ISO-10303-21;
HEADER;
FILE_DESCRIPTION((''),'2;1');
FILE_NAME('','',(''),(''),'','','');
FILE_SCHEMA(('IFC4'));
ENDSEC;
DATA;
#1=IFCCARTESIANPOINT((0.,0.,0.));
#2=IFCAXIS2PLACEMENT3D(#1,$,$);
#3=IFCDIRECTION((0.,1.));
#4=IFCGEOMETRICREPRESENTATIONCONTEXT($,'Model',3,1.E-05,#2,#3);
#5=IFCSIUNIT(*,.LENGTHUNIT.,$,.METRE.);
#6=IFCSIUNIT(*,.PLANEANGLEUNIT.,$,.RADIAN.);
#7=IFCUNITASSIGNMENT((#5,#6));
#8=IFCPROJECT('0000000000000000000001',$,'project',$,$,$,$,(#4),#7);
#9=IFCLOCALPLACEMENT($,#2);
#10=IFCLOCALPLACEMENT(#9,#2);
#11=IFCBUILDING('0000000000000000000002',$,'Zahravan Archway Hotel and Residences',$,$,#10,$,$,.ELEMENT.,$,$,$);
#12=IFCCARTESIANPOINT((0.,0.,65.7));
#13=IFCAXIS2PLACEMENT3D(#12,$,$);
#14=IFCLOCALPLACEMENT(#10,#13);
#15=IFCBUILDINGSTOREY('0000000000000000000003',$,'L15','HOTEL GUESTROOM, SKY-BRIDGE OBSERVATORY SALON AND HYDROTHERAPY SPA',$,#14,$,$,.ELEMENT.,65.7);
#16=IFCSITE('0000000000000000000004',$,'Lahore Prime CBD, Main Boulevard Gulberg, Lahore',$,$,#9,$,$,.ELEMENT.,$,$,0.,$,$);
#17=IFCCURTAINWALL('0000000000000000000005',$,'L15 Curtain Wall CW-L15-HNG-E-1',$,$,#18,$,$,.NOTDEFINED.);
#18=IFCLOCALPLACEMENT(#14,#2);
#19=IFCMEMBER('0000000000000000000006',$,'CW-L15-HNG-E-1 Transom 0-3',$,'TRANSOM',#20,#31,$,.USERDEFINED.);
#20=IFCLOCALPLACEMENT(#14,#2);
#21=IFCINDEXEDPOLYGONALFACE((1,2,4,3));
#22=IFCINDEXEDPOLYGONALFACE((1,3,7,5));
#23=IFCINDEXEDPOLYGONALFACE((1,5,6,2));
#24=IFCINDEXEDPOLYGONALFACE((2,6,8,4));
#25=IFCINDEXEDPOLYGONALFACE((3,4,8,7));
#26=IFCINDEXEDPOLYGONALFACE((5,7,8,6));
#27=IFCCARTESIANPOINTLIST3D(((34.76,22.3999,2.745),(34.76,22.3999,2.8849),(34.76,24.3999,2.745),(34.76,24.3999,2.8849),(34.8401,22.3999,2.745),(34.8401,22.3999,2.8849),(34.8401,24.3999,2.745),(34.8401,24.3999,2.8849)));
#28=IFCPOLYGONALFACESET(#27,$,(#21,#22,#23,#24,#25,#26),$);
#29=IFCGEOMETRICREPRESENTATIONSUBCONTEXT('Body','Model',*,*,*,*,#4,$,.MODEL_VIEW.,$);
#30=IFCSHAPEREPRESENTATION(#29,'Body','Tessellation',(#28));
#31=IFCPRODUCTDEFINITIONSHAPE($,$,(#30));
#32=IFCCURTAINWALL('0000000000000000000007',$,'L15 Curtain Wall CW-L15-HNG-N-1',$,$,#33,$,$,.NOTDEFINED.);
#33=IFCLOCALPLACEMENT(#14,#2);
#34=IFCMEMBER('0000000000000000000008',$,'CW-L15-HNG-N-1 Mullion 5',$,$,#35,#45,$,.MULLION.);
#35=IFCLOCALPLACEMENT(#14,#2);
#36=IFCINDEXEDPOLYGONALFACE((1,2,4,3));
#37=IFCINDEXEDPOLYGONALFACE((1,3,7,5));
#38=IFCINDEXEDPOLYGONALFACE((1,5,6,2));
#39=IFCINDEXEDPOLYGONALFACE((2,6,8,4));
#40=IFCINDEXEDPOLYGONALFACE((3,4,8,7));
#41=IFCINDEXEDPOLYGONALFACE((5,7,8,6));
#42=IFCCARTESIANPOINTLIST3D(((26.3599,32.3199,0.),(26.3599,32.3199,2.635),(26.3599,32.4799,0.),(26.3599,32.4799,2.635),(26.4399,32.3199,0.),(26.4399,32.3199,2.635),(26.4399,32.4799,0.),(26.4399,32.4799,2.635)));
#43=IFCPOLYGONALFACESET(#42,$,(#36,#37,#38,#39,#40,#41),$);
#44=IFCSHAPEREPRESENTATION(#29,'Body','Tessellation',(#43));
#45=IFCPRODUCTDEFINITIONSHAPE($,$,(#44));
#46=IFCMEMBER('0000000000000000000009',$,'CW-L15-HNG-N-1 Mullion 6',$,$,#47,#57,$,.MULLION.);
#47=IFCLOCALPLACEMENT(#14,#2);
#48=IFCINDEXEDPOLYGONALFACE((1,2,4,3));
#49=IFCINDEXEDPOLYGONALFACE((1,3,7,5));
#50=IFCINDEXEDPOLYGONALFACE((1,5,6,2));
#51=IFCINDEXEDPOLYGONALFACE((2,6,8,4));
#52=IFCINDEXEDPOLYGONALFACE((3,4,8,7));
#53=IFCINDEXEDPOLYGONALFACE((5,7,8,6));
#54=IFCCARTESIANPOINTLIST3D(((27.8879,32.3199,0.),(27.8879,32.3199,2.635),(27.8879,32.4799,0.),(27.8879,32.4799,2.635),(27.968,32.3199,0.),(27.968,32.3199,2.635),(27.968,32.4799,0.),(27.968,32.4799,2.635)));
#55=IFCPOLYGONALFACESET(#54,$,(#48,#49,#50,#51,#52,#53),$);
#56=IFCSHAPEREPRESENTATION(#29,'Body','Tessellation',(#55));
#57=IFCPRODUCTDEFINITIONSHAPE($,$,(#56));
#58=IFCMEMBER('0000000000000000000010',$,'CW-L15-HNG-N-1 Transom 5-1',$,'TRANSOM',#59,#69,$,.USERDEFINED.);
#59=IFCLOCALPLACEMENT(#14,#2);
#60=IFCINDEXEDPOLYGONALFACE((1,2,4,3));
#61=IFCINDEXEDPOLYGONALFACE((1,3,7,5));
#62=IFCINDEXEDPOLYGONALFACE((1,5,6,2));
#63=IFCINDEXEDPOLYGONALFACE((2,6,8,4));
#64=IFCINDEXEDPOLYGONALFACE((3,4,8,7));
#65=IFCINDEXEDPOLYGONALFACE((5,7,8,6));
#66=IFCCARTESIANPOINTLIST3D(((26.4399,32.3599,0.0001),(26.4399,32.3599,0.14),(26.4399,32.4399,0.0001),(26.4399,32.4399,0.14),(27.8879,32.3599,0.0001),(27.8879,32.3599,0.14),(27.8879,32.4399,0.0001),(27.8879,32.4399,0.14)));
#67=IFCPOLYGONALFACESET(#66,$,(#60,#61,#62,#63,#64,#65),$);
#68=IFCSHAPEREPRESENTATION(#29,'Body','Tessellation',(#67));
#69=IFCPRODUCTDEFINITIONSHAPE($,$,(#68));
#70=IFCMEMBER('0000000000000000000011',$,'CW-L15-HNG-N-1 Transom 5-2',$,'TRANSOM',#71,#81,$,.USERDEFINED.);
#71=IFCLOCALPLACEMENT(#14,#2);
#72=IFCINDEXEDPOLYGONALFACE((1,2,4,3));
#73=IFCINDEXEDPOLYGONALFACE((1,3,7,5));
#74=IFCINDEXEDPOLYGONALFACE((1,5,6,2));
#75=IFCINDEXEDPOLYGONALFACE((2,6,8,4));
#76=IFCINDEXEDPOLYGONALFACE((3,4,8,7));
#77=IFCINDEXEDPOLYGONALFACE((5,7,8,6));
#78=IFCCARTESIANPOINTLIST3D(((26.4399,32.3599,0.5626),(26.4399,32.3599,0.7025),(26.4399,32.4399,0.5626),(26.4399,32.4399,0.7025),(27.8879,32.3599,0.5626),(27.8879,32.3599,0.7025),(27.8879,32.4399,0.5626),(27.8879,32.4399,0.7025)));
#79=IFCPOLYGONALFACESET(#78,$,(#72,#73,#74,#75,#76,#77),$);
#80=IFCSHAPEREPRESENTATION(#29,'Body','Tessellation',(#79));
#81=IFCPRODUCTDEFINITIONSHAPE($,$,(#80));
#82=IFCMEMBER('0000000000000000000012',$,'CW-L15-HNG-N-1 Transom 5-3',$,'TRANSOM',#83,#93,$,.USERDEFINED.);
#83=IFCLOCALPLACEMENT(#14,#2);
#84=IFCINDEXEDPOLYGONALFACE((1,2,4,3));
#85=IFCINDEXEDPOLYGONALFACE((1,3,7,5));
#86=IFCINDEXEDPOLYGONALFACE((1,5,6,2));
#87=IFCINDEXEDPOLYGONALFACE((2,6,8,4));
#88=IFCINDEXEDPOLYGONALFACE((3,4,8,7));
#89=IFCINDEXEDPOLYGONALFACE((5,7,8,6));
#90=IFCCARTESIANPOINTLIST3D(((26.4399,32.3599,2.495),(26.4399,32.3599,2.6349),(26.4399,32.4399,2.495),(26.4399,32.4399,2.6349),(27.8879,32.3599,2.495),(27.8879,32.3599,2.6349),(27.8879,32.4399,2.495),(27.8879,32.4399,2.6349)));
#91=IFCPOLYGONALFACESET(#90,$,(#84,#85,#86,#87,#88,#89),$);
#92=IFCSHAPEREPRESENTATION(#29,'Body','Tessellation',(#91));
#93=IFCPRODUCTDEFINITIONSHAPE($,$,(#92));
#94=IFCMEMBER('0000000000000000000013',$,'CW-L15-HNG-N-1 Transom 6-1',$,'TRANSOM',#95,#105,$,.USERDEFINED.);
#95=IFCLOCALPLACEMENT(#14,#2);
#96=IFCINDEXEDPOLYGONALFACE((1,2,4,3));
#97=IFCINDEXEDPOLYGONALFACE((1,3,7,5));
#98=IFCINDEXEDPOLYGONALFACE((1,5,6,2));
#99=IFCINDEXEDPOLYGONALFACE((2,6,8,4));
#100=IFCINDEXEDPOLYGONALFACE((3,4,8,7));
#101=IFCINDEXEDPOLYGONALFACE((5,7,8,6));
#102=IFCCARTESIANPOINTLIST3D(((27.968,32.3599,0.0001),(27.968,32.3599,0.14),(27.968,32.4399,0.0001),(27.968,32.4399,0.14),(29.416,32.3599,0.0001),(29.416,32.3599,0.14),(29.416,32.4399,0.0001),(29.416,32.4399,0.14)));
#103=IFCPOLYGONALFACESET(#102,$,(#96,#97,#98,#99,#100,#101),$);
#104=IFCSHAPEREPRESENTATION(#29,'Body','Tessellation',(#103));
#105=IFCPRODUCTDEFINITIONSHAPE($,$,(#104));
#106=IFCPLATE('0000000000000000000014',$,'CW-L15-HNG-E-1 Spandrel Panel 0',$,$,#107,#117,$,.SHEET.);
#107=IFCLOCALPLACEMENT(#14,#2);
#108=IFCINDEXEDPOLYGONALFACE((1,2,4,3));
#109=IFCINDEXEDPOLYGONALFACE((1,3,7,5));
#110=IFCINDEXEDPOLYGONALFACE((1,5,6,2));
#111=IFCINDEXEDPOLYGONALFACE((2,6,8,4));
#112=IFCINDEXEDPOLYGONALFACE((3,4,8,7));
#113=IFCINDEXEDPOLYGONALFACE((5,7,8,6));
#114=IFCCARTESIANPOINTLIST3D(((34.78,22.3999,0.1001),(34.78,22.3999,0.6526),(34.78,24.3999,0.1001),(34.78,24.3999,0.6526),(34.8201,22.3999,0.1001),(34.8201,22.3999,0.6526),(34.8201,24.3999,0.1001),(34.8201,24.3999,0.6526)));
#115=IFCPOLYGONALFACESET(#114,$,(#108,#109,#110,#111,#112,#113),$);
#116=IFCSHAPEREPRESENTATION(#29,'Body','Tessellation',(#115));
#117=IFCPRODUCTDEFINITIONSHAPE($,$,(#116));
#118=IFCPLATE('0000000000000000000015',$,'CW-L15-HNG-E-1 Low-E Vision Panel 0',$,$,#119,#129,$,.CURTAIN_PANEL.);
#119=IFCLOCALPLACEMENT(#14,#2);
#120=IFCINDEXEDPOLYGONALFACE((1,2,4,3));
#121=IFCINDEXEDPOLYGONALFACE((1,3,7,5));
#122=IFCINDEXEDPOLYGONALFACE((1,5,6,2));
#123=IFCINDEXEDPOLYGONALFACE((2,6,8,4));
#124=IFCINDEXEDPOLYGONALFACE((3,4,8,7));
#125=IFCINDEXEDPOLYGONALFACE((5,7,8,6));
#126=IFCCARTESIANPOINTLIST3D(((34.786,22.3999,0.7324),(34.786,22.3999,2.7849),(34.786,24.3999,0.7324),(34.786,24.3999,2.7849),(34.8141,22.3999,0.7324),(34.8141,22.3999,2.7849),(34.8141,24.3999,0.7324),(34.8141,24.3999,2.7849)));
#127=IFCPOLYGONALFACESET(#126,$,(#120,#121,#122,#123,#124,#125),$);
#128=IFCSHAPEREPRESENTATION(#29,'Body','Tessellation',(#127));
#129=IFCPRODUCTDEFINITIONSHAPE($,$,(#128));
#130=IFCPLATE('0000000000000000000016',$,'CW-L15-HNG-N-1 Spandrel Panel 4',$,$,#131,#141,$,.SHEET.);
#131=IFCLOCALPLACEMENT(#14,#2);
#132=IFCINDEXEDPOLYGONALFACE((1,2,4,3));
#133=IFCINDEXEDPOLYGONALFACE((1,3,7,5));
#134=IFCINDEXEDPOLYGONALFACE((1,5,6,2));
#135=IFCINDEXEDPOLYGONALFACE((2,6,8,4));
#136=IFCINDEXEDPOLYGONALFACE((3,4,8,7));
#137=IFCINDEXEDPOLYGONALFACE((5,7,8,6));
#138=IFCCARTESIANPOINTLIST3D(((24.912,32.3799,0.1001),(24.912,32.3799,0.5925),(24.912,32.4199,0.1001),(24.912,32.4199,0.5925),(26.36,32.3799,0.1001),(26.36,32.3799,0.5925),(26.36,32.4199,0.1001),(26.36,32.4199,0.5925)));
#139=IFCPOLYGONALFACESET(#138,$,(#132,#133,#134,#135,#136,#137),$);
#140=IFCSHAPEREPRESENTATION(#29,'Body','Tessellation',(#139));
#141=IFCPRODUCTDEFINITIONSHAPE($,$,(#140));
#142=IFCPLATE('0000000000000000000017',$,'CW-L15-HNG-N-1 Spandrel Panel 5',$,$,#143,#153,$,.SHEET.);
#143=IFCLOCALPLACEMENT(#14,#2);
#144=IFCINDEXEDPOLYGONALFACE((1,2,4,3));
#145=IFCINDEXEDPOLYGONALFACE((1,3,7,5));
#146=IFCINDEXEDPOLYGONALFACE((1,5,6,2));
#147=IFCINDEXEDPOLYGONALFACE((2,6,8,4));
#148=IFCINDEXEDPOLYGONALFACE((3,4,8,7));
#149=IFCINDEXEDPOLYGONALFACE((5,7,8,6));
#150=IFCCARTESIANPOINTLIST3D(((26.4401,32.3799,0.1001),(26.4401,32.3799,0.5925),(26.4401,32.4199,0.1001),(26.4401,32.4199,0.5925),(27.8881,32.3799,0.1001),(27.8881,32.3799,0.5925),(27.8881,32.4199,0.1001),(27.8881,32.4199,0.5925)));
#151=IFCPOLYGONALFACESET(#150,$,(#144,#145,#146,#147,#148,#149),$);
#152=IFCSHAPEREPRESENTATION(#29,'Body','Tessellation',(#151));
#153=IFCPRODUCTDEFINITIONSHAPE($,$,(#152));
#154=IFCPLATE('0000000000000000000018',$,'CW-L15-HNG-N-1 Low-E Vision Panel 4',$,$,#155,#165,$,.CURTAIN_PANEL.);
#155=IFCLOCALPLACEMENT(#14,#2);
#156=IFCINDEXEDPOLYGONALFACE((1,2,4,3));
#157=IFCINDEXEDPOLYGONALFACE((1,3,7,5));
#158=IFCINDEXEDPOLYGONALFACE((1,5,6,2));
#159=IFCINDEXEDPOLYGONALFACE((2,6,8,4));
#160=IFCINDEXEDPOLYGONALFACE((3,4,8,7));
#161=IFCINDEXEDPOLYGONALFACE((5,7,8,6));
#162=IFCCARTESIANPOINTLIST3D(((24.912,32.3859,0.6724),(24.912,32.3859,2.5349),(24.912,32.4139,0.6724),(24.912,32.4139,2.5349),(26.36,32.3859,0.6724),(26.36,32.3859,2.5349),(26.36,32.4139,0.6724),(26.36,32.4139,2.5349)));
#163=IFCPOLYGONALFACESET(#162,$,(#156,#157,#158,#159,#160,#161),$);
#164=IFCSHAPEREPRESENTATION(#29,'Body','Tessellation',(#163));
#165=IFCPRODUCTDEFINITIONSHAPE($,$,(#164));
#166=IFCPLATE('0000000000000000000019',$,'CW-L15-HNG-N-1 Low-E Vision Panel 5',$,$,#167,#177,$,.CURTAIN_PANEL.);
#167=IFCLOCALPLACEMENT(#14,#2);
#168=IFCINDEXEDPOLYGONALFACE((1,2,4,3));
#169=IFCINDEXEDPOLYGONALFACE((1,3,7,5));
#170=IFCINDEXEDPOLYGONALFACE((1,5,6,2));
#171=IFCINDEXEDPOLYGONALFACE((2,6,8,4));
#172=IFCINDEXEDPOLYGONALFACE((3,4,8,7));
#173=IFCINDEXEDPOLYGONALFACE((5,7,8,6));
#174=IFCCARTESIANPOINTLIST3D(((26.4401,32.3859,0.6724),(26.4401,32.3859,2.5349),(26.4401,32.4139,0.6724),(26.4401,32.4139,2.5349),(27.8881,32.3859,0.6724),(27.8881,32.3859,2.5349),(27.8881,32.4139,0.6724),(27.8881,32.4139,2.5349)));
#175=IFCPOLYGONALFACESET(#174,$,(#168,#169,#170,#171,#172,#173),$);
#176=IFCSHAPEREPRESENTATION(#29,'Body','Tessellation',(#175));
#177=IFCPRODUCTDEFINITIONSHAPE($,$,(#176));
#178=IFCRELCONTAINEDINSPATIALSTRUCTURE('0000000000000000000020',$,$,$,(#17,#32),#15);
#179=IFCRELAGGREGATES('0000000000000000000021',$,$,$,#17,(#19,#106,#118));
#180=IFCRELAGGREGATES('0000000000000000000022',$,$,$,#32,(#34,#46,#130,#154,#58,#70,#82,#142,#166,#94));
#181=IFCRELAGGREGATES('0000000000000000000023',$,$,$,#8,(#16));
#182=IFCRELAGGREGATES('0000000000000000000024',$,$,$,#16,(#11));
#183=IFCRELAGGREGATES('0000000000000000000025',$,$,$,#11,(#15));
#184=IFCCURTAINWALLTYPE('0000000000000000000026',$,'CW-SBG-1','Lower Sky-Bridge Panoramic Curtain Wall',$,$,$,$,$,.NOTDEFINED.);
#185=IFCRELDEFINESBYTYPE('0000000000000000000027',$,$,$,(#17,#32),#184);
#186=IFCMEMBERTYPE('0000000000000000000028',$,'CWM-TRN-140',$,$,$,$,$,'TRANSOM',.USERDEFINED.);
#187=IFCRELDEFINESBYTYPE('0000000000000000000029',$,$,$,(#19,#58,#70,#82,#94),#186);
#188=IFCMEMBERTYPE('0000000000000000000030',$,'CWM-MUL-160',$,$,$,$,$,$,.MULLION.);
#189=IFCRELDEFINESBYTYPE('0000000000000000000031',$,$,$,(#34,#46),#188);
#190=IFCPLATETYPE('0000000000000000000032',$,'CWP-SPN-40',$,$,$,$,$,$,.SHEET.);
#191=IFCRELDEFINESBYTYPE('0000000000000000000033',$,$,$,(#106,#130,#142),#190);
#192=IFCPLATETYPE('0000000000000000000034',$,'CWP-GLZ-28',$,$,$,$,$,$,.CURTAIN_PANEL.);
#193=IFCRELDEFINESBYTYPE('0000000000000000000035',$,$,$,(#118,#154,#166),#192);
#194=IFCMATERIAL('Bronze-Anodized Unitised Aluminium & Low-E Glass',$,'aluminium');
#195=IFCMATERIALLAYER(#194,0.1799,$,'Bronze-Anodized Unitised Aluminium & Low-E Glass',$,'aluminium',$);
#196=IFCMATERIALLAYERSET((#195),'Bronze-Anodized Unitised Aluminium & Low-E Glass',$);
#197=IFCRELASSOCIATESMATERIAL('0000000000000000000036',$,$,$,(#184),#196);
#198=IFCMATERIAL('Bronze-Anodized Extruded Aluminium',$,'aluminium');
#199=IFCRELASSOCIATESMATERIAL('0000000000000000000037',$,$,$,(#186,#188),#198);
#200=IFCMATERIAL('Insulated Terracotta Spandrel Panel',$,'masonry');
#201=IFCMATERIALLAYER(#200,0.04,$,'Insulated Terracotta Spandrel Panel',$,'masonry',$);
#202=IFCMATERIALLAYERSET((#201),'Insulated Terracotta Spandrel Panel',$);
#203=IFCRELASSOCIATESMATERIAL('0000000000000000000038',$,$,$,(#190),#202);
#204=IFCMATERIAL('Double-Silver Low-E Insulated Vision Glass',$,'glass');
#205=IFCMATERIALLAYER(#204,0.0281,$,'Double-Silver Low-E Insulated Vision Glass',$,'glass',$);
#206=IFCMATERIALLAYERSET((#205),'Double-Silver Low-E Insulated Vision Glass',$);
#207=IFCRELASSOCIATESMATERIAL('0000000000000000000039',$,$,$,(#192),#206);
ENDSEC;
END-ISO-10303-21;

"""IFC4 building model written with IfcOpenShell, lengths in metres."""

from ifc_helpers import new_model, si_unit, direction, frame, origin, origin_2d, place, context, subcontext, project, spatial, rectangle, extrude, source, transform, mapped, material, layer, layer_set, material_profile, profile_set, type_object, element, aggregate, save


model = new_model("IFC4")

# Units and contexts
model_context = context("Model", 3, precision=1e-05, world=origin(), true_north=direction((0.0, 1.0)))
body_context = subcontext(model_context, "Body", "Model", "MODEL_VIEW")
ifc_project = project(units=[si_unit("LENGTHUNIT", "METRE"), si_unit("PLANEANGLEUNIT", "RADIAN")], contexts=[model_context])

# Site, building, storey
site_placement = place(None, origin())
site = spatial("IfcSite", under=ifc_project, at=site_placement, Name="Lahore Prime CBD, Main Boulevard Gulberg, Lahore", CompositionType="ELEMENT", RefElevation=0.0)
building_placement = place(site_placement, origin())
building = spatial("IfcBuilding", under=site, at=building_placement, Name="Zahravan Archway Hotel and Residences", CompositionType="ELEMENT")
storey_placement = place(building_placement, frame((0.0, 0.0, 65.7)))
storey = spatial("IfcBuildingStorey", under=building, at=storey_placement, Name="L15", Description="HOTEL GUESTROOM, SKY-BRIDGE OBSERVATORY SALON AND HYDROTHERAPY SPA", CompositionType="ELEMENT", Elevation=65.7)

# Shared definitions
ifc_material_1 = material(Name="Bronze-Anodized Unitised Aluminium & Low-E Glass", Category="aluminium")
ifc_layer_1 = layer(ifc_material_1, 0.1799, Name="Bronze-Anodized Unitised Aluminium & Low-E Glass", Category="aluminium")
ifc_layer_set_1 = layer_set([ifc_layer_1], Name="Bronze-Anodized Unitised Aluminium & Low-E Glass")
curtain_wall_type = type_object("IfcCurtainWallType", Name="CW-SBG-1", Description="Lower Sky-Bridge Panoramic Curtain Wall", PredefinedType="NOTDEFINED", material=ifc_layer_set_1)
ifc_material_2 = material(Name="Bronze-Anodized Extruded Aluminium", Category="aluminium")
ifc_material_profile_1 = material_profile(ifc_material_2, rectangle(XDim=0.0801, YDim=0.1399, at=origin_2d()), Name="TRN 80x140", Category="aluminium")
ifc_profile_set_1 = profile_set([ifc_material_profile_1], Name="Bronze-Anodized Extruded Aluminium")
member_type_1 = type_object("IfcMemberType", Name="CWM-TRN-140", ElementType="TRANSOM", PredefinedType="USERDEFINED", material=ifc_profile_set_1)

# Curtain wall
curtain_wall_1_placement = place(storey_placement, origin())
curtain_wall_1 = element("IfcCurtainWall", 1, at=curtain_wall_1_placement, inside=storey, type_object=curtain_wall_type, Name="L15 Curtain Wall CW-L15-HNG-E-1", PredefinedType="NOTDEFINED")
ifc_material_profile_2 = material_profile(ifc_material_2, rectangle(XDim=0.0801, YDim=0.1599, at=origin_2d()), Name="MUL 80x160", Category="aluminium")
ifc_profile_set_2 = profile_set([ifc_material_profile_2], Name="Bronze-Anodized Extruded Aluminium")
member_type_2 = type_object("IfcMemberType", Name="CWM-MUL-160", PredefinedType="MULLION", material=ifc_profile_set_2)

# Member
shared_shape_1 = source(origin(), body_context, "Body", "SweptSolid", [
    extrude(rectangle(XDim=0.0801, YDim=0.1399, at=origin_2d()), origin(), (0.0, 0.0, 1.0), 2.0),
])
member_1_placement = place(storey_placement, frame((34.8, 22.3999, 2.8149), z_axis=(0.0, 1.0, 0.0), x_axis=(-1.0, 0.0, 0.0)))
member_1 = element("IfcMember", 2, at=member_1_placement, type_object=member_type_1, Name="CW-L15-HNG-E-1 Transom 0-3", ObjectType="TRANSOM", PredefinedType="USERDEFINED", context=body_context, shape_type="MappedRepresentation", body=[
    mapped(shared_shape_1, transform((0.0, 0.0, 0.0), scale=1.0)),
])

# Curtain wall, members
curtain_wall_2_placement = place(storey_placement, origin())
curtain_wall_2 = element("IfcCurtainWall", 3, at=curtain_wall_2_placement, inside=storey, type_object=curtain_wall_type, Name="L15 Curtain Wall CW-L15-HNG-N-1", PredefinedType="NOTDEFINED")
shared_shape_2 = source(origin(), body_context, "Body", "SweptSolid", [
    extrude(rectangle(XDim=0.0801, YDim=0.1599, at=origin_2d()), origin(), (0.0, 0.0, 1.0), 2.635),
])
member_2_placement = place(storey_placement, frame((26.3999, 32.3999, 0.0), z_axis=(0.0, 0.0, 1.0), x_axis=(1.0, 0.0, 0.0)))
member_2 = element("IfcMember", 4, at=member_2_placement, type_object=member_type_2, Name="CW-L15-HNG-N-1 Mullion 5", PredefinedType="MULLION", context=body_context, shape_type="MappedRepresentation", body=[
    mapped(shared_shape_2, transform((0.0, 0.0, 0.0), scale=1.0)),
])
member_3_placement = place(storey_placement, frame((27.928, 32.3999, 0.0), z_axis=(0.0, 0.0, 1.0), x_axis=(1.0, 0.0, 0.0)))
member_3 = element("IfcMember", 5, at=member_3_placement, type_object=member_type_2, Name="CW-L15-HNG-N-1 Mullion 6", PredefinedType="MULLION", context=body_context, shape_type="MappedRepresentation", body=[
    mapped(shared_shape_2, transform((0.0, 0.0, 0.0), scale=1.0)),
])
shared_shape_3 = source(origin(), body_context, "Body", "SweptSolid", [
    extrude(rectangle(XDim=0.0801, YDim=0.1399, at=origin_2d()), origin(), (0.0, 0.0, 1.0), 1.448),
])
member_4_placement = place(storey_placement, frame((26.4399, 32.3999, 0.0701), z_axis=(1.0, 0.0, 0.0), x_axis=(0.0, 1.0, 0.0)))
member_4 = element("IfcMember", 6, at=member_4_placement, type_object=member_type_1, Name="CW-L15-HNG-N-1 Transom 5-1", ObjectType="TRANSOM", PredefinedType="USERDEFINED", context=body_context, shape_type="MappedRepresentation", body=[
    mapped(shared_shape_3, transform((0.0, 0.0, 0.0), scale=1.0)),
])
member_5_placement = place(storey_placement, frame((26.4399, 32.3999, 0.6326), z_axis=(1.0, 0.0, 0.0), x_axis=(0.0, 1.0, 0.0)))
member_5 = element("IfcMember", 7, at=member_5_placement, type_object=member_type_1, Name="CW-L15-HNG-N-1 Transom 5-2", ObjectType="TRANSOM", PredefinedType="USERDEFINED", context=body_context, shape_type="MappedRepresentation", body=[
    mapped(shared_shape_3, transform((0.0, 0.0, 0.0), scale=1.0)),
])
member_6_placement = place(storey_placement, frame((26.4399, 32.3999, 2.5649), z_axis=(1.0, 0.0, 0.0), x_axis=(0.0, 1.0, 0.0)))
member_6 = element("IfcMember", 8, at=member_6_placement, type_object=member_type_1, Name="CW-L15-HNG-N-1 Transom 5-3", ObjectType="TRANSOM", PredefinedType="USERDEFINED", context=body_context, shape_type="MappedRepresentation", body=[
    mapped(shared_shape_3, transform((0.0, 0.0, 0.0), scale=1.0)),
])
member_7_placement = place(storey_placement, frame((27.968, 32.3999, 0.0701), z_axis=(1.0, 0.0, 0.0), x_axis=(0.0, 1.0, 0.0)))
member_7 = element("IfcMember", 9, at=member_7_placement, type_object=member_type_1, Name="CW-L15-HNG-N-1 Transom 6-1", ObjectType="TRANSOM", PredefinedType="USERDEFINED", context=body_context, shape_type="MappedRepresentation", body=[
    mapped(shared_shape_3, transform((0.0, 0.0, 0.0), scale=1.0)),
])

# Plates
ifc_material_3 = material(Name="Insulated Terracotta Spandrel Panel", Category="masonry")
ifc_layer_2 = layer(ifc_material_3, 0.04, Name="Insulated Terracotta Spandrel Panel", Category="masonry")
ifc_layer_set_2 = layer_set([ifc_layer_2], Name="Insulated Terracotta Spandrel Panel")
plate_type_1 = type_object("IfcPlateType", Name="CWP-SPN-40", PredefinedType="SHEET", material=ifc_layer_set_2)
shared_shape_4 = source(origin(), body_context, "Body", "SweptSolid", [
    extrude(rectangle(XDim=2.0, YDim=0.04, at=origin_2d()), origin(), (0.0, 0.0, 1.0), 0.5525),
])
plate_1_placement = place(storey_placement, frame((34.8, 23.3999, 0.1001), z_axis=(0.0, 0.0, 1.0), x_axis=(0.0, 1.0, 0.0)))
plate_1 = element("IfcPlate", 10, at=plate_1_placement, type_object=plate_type_1, Name="CW-L15-HNG-E-1 Spandrel Panel 0", PredefinedType="SHEET", context=body_context, shape_type="MappedRepresentation", body=[
    mapped(shared_shape_4, transform((0.0, 0.0, 0.0), scale=1.0)),
])
ifc_material_4 = material(Name="Double-Silver Low-E Insulated Vision Glass", Category="glass")
ifc_layer_3 = layer(ifc_material_4, 0.0281, Name="Double-Silver Low-E Insulated Vision Glass", Category="glass")
ifc_layer_set_3 = layer_set([ifc_layer_3], Name="Double-Silver Low-E Insulated Vision Glass")
plate_type_2 = type_object("IfcPlateType", Name="CWP-GLZ-28", PredefinedType="CURTAIN_PANEL", material=ifc_layer_set_3)
shared_shape_5 = source(origin(), body_context, "Body", "SweptSolid", [
    extrude(rectangle(XDim=2.0, YDim=0.0281, at=origin_2d()), origin(), (0.0, 0.0, 1.0), 2.0525),
])
plate_2_placement = place(storey_placement, frame((34.8, 23.3999, 0.7324), z_axis=(0.0, 0.0, 1.0), x_axis=(0.0, 1.0, 0.0)))
plate_2 = element("IfcPlate", 11, at=plate_2_placement, type_object=plate_type_2, Name="CW-L15-HNG-E-1 Low-E Vision Panel 0", PredefinedType="CURTAIN_PANEL", context=body_context, shape_type="MappedRepresentation", body=[
    mapped(shared_shape_5, transform((0.0, 0.0, 0.0), scale=1.0)),
])
aggregate(curtain_wall_1, [member_1, plate_1, plate_2])
shared_shape_6 = source(origin(), body_context, "Body", "SweptSolid", [
    extrude(rectangle(XDim=1.448, YDim=0.04, at=origin_2d()), origin(), (0.0, 0.0, 1.0), 0.4924),
])
plate_3_placement = place(storey_placement, frame((25.636, 32.3999, 0.1001), z_axis=(0.0, 0.0, 1.0), x_axis=(1.0, 0.0, 0.0)))
plate_3 = element("IfcPlate", 12, at=plate_3_placement, type_object=plate_type_1, Name="CW-L15-HNG-N-1 Spandrel Panel 4", PredefinedType="SHEET", context=body_context, shape_type="MappedRepresentation", body=[
    mapped(shared_shape_6, transform((0.0, 0.0, 0.0), scale=1.0)),
])
plate_4_placement = place(storey_placement, frame((27.1641, 32.3999, 0.1001), z_axis=(0.0, 0.0, 1.0), x_axis=(1.0, 0.0, 0.0)))
plate_4 = element("IfcPlate", 13, at=plate_4_placement, type_object=plate_type_1, Name="CW-L15-HNG-N-1 Spandrel Panel 5", PredefinedType="SHEET", context=body_context, shape_type="MappedRepresentation", body=[
    mapped(shared_shape_6, transform((0.0, 0.0, 0.0), scale=1.0)),
])
shared_shape_7 = source(origin(), body_context, "Body", "SweptSolid", [
    extrude(rectangle(XDim=1.448, YDim=0.0281, at=origin_2d()), origin(), (0.0, 0.0, 1.0), 1.8625),
])
plate_5_placement = place(storey_placement, frame((25.636, 32.3999, 0.6724), z_axis=(0.0, 0.0, 1.0), x_axis=(1.0, 0.0, 0.0)))
plate_5 = element("IfcPlate", 14, at=plate_5_placement, type_object=plate_type_2, Name="CW-L15-HNG-N-1 Low-E Vision Panel 4", PredefinedType="CURTAIN_PANEL", context=body_context, shape_type="MappedRepresentation", body=[
    mapped(shared_shape_7, transform((0.0, 0.0, 0.0), scale=1.0)),
])
plate_6_placement = place(storey_placement, frame((27.1641, 32.3999, 0.6724), z_axis=(0.0, 0.0, 1.0), x_axis=(1.0, 0.0, 0.0)))
plate_6 = element("IfcPlate", 15, at=plate_6_placement, type_object=plate_type_2, Name="CW-L15-HNG-N-1 Low-E Vision Panel 5", PredefinedType="CURTAIN_PANEL", context=body_context, shape_type="MappedRepresentation", body=[
    mapped(shared_shape_7, transform((0.0, 0.0, 0.0), scale=1.0)),
])
aggregate(curtain_wall_2, [member_2, member_3, plate_3, plate_5, member_4, member_5, member_6, plate_4, plate_6, member_7])

save(model, "model.ifc")
